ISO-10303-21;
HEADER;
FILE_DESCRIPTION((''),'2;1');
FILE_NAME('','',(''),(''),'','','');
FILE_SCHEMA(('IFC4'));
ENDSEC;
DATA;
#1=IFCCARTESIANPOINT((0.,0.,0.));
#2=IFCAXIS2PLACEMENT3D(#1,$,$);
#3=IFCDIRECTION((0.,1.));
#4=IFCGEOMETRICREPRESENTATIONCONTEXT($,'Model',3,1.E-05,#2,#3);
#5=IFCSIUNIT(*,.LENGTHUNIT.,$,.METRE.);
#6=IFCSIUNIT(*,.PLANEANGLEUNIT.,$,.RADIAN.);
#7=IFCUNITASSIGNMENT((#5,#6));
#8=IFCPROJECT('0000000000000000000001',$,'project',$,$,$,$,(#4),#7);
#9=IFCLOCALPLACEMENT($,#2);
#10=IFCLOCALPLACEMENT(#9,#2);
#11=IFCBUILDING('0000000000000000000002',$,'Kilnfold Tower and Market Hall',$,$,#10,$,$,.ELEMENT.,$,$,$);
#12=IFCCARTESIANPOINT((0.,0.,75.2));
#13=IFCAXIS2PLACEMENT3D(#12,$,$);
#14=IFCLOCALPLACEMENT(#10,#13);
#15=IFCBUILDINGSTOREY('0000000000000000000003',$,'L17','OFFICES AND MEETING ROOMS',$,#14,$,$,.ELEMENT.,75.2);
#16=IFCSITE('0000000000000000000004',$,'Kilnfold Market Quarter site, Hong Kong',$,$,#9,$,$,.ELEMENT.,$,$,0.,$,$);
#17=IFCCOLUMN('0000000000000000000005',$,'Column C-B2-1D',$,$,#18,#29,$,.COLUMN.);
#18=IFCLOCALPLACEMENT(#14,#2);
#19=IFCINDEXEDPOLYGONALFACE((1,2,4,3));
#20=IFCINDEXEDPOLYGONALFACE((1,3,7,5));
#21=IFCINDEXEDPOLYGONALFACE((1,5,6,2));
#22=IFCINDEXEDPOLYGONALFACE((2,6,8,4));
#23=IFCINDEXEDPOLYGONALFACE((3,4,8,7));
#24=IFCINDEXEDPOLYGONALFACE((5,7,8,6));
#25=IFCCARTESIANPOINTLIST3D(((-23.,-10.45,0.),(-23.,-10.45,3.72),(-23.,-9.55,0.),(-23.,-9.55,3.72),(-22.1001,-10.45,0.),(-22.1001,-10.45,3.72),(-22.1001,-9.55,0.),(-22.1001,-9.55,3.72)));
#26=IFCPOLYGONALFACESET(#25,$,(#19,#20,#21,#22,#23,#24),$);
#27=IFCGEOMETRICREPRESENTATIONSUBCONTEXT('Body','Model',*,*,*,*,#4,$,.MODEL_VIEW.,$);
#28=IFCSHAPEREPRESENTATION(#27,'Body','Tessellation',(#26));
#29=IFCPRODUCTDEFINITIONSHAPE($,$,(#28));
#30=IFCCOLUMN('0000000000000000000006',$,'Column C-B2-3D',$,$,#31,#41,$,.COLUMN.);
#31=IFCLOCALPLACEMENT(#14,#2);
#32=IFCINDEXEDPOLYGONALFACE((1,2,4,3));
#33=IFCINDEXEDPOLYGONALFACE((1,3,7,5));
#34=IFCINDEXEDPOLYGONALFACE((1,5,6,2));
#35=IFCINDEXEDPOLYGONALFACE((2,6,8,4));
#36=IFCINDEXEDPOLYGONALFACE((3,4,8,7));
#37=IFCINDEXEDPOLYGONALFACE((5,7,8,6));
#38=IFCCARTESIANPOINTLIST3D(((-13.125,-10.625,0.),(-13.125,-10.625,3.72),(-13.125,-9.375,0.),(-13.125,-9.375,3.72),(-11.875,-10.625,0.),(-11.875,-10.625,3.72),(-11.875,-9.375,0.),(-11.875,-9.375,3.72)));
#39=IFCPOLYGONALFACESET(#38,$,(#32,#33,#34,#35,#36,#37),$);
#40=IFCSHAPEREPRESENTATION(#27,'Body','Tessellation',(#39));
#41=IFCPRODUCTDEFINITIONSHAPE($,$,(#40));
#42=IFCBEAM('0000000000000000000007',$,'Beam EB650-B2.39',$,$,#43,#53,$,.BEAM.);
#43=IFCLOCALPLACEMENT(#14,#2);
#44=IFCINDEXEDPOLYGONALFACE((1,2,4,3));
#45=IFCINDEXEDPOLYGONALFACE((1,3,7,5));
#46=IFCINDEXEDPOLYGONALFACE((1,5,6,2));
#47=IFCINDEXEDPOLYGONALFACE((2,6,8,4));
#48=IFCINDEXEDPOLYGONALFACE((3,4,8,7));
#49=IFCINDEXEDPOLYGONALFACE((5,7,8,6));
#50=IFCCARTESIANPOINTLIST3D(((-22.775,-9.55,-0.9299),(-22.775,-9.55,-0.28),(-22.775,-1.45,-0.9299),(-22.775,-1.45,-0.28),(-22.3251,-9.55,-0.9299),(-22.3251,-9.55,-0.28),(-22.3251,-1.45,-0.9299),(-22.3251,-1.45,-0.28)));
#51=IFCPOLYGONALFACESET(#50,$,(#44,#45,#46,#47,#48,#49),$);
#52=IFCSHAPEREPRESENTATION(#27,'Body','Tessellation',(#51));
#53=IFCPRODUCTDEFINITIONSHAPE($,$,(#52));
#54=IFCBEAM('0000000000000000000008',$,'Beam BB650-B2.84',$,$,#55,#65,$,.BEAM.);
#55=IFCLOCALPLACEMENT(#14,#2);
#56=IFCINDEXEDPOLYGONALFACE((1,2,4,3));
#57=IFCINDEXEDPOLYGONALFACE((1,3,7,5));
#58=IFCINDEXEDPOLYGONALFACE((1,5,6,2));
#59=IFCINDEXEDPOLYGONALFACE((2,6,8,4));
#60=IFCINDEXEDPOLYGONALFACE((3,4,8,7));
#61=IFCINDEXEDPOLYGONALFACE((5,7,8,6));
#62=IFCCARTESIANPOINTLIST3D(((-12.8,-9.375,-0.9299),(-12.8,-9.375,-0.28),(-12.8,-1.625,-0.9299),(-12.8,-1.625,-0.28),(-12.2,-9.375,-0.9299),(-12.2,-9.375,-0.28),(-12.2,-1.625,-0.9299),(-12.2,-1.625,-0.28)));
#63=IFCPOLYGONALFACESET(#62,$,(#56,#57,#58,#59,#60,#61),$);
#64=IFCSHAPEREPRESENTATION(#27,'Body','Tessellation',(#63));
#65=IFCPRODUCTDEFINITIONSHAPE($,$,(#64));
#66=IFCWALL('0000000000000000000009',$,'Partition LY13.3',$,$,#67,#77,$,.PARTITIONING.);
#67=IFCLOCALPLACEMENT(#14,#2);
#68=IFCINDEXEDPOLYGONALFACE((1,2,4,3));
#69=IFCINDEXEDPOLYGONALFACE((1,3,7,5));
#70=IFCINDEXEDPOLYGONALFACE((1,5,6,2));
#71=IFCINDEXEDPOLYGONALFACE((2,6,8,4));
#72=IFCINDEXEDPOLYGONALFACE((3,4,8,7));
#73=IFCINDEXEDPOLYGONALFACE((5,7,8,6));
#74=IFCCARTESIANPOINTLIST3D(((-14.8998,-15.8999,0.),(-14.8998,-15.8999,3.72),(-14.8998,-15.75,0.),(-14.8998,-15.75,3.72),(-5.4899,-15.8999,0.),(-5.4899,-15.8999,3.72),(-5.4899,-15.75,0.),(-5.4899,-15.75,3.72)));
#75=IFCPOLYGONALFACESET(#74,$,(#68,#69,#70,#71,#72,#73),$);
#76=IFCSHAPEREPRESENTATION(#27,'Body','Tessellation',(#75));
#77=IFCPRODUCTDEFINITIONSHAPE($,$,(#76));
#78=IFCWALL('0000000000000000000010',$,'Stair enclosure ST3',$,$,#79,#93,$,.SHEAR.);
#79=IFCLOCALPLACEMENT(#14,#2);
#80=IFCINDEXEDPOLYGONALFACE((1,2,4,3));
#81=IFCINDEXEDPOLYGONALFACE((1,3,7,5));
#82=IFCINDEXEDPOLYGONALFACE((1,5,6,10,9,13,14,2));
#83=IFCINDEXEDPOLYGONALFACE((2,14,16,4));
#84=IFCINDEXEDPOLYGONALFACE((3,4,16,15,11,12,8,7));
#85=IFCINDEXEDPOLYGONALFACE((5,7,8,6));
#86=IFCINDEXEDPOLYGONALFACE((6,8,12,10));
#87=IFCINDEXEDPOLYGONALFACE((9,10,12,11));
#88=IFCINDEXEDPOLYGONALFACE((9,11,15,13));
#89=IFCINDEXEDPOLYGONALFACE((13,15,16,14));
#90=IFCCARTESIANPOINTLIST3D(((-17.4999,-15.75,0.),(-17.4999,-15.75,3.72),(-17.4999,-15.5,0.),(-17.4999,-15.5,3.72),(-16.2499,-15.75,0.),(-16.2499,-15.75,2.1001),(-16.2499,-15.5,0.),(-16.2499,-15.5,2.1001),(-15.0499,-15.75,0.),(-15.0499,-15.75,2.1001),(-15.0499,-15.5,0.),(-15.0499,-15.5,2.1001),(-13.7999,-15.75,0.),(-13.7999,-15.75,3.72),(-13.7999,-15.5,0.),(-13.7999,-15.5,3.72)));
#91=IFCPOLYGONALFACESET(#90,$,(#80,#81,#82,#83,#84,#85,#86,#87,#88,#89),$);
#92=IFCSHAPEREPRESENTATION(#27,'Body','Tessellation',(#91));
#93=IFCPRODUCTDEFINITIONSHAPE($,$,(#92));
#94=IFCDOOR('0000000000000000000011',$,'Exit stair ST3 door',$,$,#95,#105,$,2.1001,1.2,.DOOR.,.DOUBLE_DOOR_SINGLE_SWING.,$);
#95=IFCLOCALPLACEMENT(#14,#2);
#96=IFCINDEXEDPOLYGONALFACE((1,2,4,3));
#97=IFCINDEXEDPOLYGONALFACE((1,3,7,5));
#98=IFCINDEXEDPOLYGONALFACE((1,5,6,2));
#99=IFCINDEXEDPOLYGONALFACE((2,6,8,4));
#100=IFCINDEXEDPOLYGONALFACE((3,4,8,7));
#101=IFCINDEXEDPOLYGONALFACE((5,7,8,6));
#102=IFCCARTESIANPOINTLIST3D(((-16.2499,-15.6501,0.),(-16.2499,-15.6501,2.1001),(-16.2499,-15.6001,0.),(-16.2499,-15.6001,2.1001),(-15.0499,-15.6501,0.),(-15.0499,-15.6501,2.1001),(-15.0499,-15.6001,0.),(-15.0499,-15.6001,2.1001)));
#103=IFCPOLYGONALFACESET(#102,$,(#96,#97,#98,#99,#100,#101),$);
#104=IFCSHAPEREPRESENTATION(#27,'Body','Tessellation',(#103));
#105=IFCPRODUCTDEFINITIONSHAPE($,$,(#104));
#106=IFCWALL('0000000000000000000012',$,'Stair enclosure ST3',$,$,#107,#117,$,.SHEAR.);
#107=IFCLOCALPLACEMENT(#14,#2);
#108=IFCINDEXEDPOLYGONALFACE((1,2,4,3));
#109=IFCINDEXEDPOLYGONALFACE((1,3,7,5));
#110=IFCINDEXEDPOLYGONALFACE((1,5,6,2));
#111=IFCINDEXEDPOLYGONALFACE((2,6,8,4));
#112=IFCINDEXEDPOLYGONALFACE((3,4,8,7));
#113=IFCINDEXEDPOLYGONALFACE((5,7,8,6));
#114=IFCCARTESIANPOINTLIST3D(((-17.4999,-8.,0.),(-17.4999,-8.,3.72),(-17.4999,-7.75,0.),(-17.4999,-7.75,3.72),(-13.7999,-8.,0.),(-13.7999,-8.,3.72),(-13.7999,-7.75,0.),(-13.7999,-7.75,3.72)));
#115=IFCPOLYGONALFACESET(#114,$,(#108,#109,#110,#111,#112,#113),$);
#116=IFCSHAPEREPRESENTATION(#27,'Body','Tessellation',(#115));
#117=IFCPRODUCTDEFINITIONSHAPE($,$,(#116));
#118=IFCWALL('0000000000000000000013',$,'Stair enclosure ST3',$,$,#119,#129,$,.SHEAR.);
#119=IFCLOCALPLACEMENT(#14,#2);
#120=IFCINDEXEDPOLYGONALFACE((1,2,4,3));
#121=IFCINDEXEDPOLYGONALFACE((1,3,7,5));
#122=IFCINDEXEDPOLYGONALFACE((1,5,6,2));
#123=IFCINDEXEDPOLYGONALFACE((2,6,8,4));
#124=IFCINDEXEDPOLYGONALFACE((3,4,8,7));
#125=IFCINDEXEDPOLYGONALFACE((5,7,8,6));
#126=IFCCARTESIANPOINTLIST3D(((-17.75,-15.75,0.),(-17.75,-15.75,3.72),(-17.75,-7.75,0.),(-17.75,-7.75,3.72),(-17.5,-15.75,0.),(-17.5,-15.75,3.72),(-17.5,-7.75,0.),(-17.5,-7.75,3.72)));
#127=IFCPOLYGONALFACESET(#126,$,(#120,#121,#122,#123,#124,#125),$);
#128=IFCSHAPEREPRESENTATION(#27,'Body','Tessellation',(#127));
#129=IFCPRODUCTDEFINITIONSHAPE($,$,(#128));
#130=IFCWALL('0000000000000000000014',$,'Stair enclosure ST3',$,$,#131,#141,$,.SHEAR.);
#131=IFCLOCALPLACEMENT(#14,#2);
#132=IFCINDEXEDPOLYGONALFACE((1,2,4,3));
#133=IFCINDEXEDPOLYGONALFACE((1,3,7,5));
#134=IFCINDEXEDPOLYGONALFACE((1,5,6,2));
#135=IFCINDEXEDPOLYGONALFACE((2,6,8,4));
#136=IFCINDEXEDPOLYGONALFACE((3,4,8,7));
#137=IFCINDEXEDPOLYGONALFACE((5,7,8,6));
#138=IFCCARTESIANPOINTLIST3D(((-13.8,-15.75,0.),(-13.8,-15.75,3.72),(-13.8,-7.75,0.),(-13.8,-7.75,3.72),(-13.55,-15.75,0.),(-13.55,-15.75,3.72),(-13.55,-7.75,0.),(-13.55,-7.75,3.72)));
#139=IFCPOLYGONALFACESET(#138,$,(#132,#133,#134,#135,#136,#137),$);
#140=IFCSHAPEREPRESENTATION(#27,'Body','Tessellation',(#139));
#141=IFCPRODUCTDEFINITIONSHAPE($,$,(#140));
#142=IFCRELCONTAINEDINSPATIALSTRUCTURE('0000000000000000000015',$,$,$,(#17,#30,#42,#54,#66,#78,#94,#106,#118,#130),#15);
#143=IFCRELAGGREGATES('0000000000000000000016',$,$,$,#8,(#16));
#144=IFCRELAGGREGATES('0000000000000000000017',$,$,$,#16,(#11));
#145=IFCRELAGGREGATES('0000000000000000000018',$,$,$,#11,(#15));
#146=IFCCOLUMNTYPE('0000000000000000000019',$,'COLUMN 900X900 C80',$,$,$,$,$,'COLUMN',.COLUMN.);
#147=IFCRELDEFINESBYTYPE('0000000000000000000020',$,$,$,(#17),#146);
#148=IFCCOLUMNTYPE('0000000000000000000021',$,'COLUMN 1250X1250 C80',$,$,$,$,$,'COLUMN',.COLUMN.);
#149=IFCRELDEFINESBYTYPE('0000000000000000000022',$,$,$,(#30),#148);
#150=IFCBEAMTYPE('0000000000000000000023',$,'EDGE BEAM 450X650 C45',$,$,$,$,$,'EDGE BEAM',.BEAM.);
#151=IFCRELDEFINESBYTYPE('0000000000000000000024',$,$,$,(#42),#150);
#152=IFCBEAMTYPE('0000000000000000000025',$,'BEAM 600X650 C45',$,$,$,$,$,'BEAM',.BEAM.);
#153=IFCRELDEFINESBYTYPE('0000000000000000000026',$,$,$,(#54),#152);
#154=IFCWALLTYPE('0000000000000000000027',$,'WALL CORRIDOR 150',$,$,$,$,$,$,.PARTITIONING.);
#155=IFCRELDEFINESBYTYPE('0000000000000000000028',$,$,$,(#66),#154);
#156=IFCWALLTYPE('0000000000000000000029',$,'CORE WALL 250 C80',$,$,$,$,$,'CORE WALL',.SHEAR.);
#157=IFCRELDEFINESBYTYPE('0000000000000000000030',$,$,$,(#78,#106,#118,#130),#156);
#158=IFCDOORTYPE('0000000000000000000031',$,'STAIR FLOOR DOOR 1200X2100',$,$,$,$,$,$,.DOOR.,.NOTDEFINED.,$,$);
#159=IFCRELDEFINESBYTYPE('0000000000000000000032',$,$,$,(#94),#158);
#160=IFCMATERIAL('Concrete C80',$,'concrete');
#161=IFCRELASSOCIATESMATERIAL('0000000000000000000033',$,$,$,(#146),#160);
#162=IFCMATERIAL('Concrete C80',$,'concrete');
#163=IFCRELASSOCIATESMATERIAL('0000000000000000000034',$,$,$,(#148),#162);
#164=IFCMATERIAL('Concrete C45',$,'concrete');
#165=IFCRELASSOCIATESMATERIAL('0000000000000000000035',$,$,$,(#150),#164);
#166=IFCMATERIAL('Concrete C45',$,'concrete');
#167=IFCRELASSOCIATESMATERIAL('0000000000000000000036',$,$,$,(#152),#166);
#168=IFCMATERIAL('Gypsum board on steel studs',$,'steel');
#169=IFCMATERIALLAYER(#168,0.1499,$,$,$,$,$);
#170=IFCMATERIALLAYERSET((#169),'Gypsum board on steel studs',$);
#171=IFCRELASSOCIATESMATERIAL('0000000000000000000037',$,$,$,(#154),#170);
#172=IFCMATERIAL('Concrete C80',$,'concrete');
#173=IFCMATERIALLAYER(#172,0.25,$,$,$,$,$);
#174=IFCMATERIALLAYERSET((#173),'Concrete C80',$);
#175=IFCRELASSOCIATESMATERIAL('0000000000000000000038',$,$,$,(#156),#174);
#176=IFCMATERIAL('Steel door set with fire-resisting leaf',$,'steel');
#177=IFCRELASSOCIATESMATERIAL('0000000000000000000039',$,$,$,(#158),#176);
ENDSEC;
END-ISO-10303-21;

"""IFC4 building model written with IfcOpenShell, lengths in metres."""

from ifc_helpers import new_model, si_unit, direction, frame, frame_2d, origin, origin_2d, place, context, subcontext, project, spatial, rectangle, extrude, source, transform, mapped, material, layer, layer_set, material_profile, profile_set, type_object, element, fill, save


model = new_model("IFC4")

# Units and contexts
model_context = context("Model", 3, precision=1e-05, world=origin(), true_north=direction((0.0, 1.0)))
body_context = subcontext(model_context, "Body", "Model", "MODEL_VIEW")
ifc_project = project(units=[si_unit("LENGTHUNIT", "METRE"), si_unit("PLANEANGLEUNIT", "RADIAN")], contexts=[model_context])

# Site, building, storey
site_placement = place(None, origin())
site = spatial("IfcSite", under=ifc_project, at=site_placement, Name="Kilnfold Market Quarter site, Hong Kong", CompositionType="ELEMENT", RefElevation=0.0)
building_placement = place(site_placement, origin())
building = spatial("IfcBuilding", under=site, at=building_placement, Name="Kilnfold Tower and Market Hall", CompositionType="ELEMENT")
storey_placement = place(building_placement, frame((0.0, 0.0, 75.2)))
storey = spatial("IfcBuildingStorey", under=building, at=storey_placement, Name="L17", Description="OFFICES AND MEETING ROOMS", CompositionType="ELEMENT", Elevation=75.2)

# Columns
ifc_material_1 = material(Name="Concrete C80", Category="concrete")
ifc_material_profile_1 = material_profile(ifc_material_1, rectangle(XDim=0.8999, YDim=0.8999, at=origin_2d()), Name="RC 900x900")
ifc_profile_set_1 = profile_set([ifc_material_profile_1], Name="Concrete C80")
column_type_1 = type_object("IfcColumnType", Name="COLUMN 900X900 C80", ElementType="COLUMN", PredefinedType="COLUMN", material=ifc_profile_set_1)
shared_shape_1 = source(origin(), body_context, "Body", "SweptSolid", [
    extrude(rectangle(XDim=0.8999, YDim=0.8999, at=origin_2d()), origin(), (0.0, 0.0, 1.0), 3.72),
])
column_1_placement = place(storey_placement, frame((-22.55, -10.0, 0.0), z_axis=(0.0, 0.0, 1.0), x_axis=(1.0, 0.0, 0.0)))
element("IfcColumn", 1, at=column_1_placement, inside=storey, type_object=column_type_1, Name="Column C-B2-1D", PredefinedType="COLUMN", context=body_context, shape_type="MappedRepresentation", body=[
    mapped(shared_shape_1, transform((0.0, 0.0, 0.0))),
])
ifc_material_2 = material(Name="Concrete C80", Category="concrete")
ifc_material_profile_2 = material_profile(ifc_material_2, rectangle(XDim=1.25, YDim=1.25, at=origin_2d()), Name="RC 1250x1250")
ifc_profile_set_2 = profile_set([ifc_material_profile_2], Name="Concrete C80")
column_type_2 = type_object("IfcColumnType", Name="COLUMN 1250X1250 C80", ElementType="COLUMN", PredefinedType="COLUMN", material=ifc_profile_set_2)
shared_shape_2 = source(origin(), body_context, "Body", "SweptSolid", [
    extrude(rectangle(XDim=1.25, YDim=1.25, at=origin_2d()), origin(), (0.0, 0.0, 1.0), 3.72),
])
column_2_placement = place(storey_placement, frame((-12.5, -10.0, 0.0), z_axis=(0.0, 0.0, 1.0), x_axis=(1.0, 0.0, 0.0)))
element("IfcColumn", 2, at=column_2_placement, inside=storey, type_object=column_type_2, Name="Column C-B2-3D", PredefinedType="COLUMN", context=body_context, shape_type="MappedRepresentation", body=[
    mapped(shared_shape_2, transform((0.0, 0.0, 0.0))),
])

# Beams
ifc_material_3 = material(Name="Concrete C45", Category="concrete")
ifc_material_profile_3 = material_profile(ifc_material_3, rectangle(XDim=0.45, YDim=0.6499, at=origin_2d()), Name="RC 450x650")
ifc_profile_set_3 = profile_set([ifc_material_profile_3], Name="Concrete C45")
beam_type_1 = type_object("IfcBeamType", Name="EDGE BEAM 450X650 C45", ElementType="EDGE BEAM", PredefinedType="BEAM", material=ifc_profile_set_3)
shared_shape_3 = source(origin(), body_context, "Body", "SweptSolid", [
    extrude(rectangle(XDim=0.45, YDim=0.6499, at=origin_2d()), origin(), (0.0, 0.0, 1.0), 8.1001),
])
beam_1_placement = place(storey_placement, frame((-22.55, -9.55, -0.605), z_axis=(0.0, 1.0, 0.0), x_axis=(-1.0, 0.0, 0.0)))
element("IfcBeam", 3, at=beam_1_placement, inside=storey, type_object=beam_type_1, Name="Beam EB650-B2.39", PredefinedType="BEAM", context=body_context, shape_type="MappedRepresentation", body=[
    mapped(shared_shape_3, transform((0.0, 0.0, 0.0))),
])
ifc_material_4 = material(Name="Concrete C45", Category="concrete")
ifc_material_profile_4 = material_profile(ifc_material_4, rectangle(XDim=0.6001, YDim=0.6499, at=origin_2d()), Name="RC 600x650")
ifc_profile_set_4 = profile_set([ifc_material_profile_4], Name="Concrete C45")
beam_type_2 = type_object("IfcBeamType", Name="BEAM 600X650 C45", ElementType="BEAM", PredefinedType="BEAM", material=ifc_profile_set_4)
shared_shape_4 = source(origin(), body_context, "Body", "SweptSolid", [
    extrude(rectangle(XDim=0.6001, YDim=0.6499, at=origin_2d()), origin(), (0.0, 0.0, 1.0), 7.75),
])
beam_2_placement = place(storey_placement, frame((-12.5, -9.375, -0.605), z_axis=(0.0, 1.0, 0.0), x_axis=(-1.0, 0.0, 0.0)))
element("IfcBeam", 4, at=beam_2_placement, inside=storey, type_object=beam_type_2, Name="Beam BB650-B2.84", PredefinedType="BEAM", context=body_context, shape_type="MappedRepresentation", body=[
    mapped(shared_shape_4, transform((0.0, 0.0, 0.0))),
])

# Wall
ifc_material_5 = material(Name="Gypsum board on steel studs", Category="steel")
ifc_layer_1 = layer(ifc_material_5, 0.1499)
ifc_layer_set_1 = layer_set([ifc_layer_1], Name="Gypsum board on steel studs")
wall_type_1 = type_object("IfcWallType", Name="WALL CORRIDOR 150", PredefinedType="PARTITIONING", material=ifc_layer_set_1)
wall_1_placement = place(storey_placement, frame((-14.8999, -15.825, 0.0), z_axis=(0.0, 0.0, 1.0), x_axis=(1.0, 0.0, 0.0)))
element("IfcWall", 5, at=wall_1_placement, inside=storey, type_object=wall_type_1, Name="Partition LY13.3", PredefinedType="PARTITIONING", context=body_context, shape_type="SweptSolid", body=[
    extrude(rectangle(XDim=9.4099, YDim=0.1499, at=frame_2d((4.7051, 0.0))), origin(), (0.0, 0.0, 1.0), 3.72),
])

# Wall, opening, door
ifc_material_6 = material(Name="Concrete C80", Category="concrete")
ifc_layer_2 = layer(ifc_material_6, 0.25)
ifc_layer_set_2 = layer_set([ifc_layer_2], Name="Concrete C80")
wall_type_2 = type_object("IfcWallType", Name="CORE WALL 250 C80", ElementType="CORE WALL", PredefinedType="SHEAR", material=ifc_layer_set_2)
shared_shape_5 = source(origin(), body_context, "Body", "SweptSolid", [
    extrude(rectangle(XDim=3.7, YDim=0.25, at=frame_2d((1.8501, 0.0))), origin(), (0.0, 0.0, 1.0), 3.72),
])
wall_2_placement = place(storey_placement, frame((-17.5, -15.625, 0.0), z_axis=(0.0, 0.0, 1.0), x_axis=(1.0, 0.0, 0.0)))
wall_2 = element("IfcWall", 6, at=wall_2_placement, inside=storey, type_object=wall_type_2, Name="Stair enclosure ST3", PredefinedType="SHEAR", context=body_context, shape_type="MappedRepresentation", body=[
    mapped(shared_shape_5, transform((0.0, 0.0, 0.0))),
])
opening_1_placement = place(wall_2_placement, frame((1.25, 0.0, 0.0)))
opening_1 = element("IfcOpeningElement", 7, at=opening_1_placement, cuts=wall_2, PredefinedType="OPENING", context=body_context, shape_type="SweptSolid", body=[
    extrude(rectangle(XDim=1.2, YDim=2.1001, at=frame_2d((0.6001, 1.05))), frame((0.0, 0.135, 0.0), z_axis=(0.0, -1.0, 0.0), x_axis=(1.0, 0.0, 0.0)), (0.0, 0.0, 1.0), 0.27),
])
ifc_material_7 = material(Name="Steel door set with fire-resisting leaf", Category="steel")
door_type = type_object("IfcDoorType", Name="STAIR FLOOR DOOR 1200X2100", OperationType="NOTDEFINED", PredefinedType="DOOR", material=ifc_material_7)
door_placement = place(opening_1_placement, origin())
door = element("IfcDoor", 8, at=door_placement, inside=storey, type_object=door_type, Name="Exit stair ST3 door", OperationType="DOUBLE_DOOR_SINGLE_SWING", OverallHeight=2.1001, OverallWidth=1.2, PredefinedType="DOOR", context=body_context, shape_type="SweptSolid", body=[
    extrude(rectangle(XDim=1.2, YDim=2.1001, at=frame_2d((0.6001, 1.05))), frame((0.0, 0.0249, 0.0), z_axis=(0.0, -1.0, 0.0), x_axis=(1.0, 0.0, 0.0)), (0.0, 0.0, 1.0), 0.05),
])
fill(opening_1, door)

# Walls
wall_3_placement = place(storey_placement, frame((-17.5, -7.875, 0.0), z_axis=(0.0, 0.0, 1.0), x_axis=(1.0, 0.0, 0.0)))
element("IfcWall", 9, at=wall_3_placement, inside=storey, type_object=wall_type_2, Name="Stair enclosure ST3", PredefinedType="SHEAR", context=body_context, shape_type="MappedRepresentation", body=[
    mapped(shared_shape_5, transform((0.0, 0.0, 0.0))),
])
shared_shape_6 = source(origin(), body_context, "Body", "SweptSolid", [
    extrude(rectangle(XDim=8.0, YDim=0.25, at=frame_2d((4.0, 0.0))), origin(), (0.0, 0.0, 1.0), 3.72),
])
for number, where, z_axis, x_axis, name in (
    (10, (-17.625, -15.75, 0.0), (0.0, 0.0, 1.0), (0.0, 1.0, 0.0), "Stair enclosure ST3"),
    (11, (-13.675, -15.75, 0.0), (0.0, 0.0, 1.0), (0.0, 1.0, 0.0), "Stair enclosure ST3"),
):
    element("IfcWall", number, at=place(storey_placement, frame(where, z_axis=z_axis, x_axis=x_axis)), inside=storey, type_object=wall_type_2, Name=name, PredefinedType="SHEAR", context=body_context, shape_type="MappedRepresentation", body=[
        mapped(shared_shape_6, transform((0.0, 0.0, 0.0))),
    ])

save(model, "model.ifc")
